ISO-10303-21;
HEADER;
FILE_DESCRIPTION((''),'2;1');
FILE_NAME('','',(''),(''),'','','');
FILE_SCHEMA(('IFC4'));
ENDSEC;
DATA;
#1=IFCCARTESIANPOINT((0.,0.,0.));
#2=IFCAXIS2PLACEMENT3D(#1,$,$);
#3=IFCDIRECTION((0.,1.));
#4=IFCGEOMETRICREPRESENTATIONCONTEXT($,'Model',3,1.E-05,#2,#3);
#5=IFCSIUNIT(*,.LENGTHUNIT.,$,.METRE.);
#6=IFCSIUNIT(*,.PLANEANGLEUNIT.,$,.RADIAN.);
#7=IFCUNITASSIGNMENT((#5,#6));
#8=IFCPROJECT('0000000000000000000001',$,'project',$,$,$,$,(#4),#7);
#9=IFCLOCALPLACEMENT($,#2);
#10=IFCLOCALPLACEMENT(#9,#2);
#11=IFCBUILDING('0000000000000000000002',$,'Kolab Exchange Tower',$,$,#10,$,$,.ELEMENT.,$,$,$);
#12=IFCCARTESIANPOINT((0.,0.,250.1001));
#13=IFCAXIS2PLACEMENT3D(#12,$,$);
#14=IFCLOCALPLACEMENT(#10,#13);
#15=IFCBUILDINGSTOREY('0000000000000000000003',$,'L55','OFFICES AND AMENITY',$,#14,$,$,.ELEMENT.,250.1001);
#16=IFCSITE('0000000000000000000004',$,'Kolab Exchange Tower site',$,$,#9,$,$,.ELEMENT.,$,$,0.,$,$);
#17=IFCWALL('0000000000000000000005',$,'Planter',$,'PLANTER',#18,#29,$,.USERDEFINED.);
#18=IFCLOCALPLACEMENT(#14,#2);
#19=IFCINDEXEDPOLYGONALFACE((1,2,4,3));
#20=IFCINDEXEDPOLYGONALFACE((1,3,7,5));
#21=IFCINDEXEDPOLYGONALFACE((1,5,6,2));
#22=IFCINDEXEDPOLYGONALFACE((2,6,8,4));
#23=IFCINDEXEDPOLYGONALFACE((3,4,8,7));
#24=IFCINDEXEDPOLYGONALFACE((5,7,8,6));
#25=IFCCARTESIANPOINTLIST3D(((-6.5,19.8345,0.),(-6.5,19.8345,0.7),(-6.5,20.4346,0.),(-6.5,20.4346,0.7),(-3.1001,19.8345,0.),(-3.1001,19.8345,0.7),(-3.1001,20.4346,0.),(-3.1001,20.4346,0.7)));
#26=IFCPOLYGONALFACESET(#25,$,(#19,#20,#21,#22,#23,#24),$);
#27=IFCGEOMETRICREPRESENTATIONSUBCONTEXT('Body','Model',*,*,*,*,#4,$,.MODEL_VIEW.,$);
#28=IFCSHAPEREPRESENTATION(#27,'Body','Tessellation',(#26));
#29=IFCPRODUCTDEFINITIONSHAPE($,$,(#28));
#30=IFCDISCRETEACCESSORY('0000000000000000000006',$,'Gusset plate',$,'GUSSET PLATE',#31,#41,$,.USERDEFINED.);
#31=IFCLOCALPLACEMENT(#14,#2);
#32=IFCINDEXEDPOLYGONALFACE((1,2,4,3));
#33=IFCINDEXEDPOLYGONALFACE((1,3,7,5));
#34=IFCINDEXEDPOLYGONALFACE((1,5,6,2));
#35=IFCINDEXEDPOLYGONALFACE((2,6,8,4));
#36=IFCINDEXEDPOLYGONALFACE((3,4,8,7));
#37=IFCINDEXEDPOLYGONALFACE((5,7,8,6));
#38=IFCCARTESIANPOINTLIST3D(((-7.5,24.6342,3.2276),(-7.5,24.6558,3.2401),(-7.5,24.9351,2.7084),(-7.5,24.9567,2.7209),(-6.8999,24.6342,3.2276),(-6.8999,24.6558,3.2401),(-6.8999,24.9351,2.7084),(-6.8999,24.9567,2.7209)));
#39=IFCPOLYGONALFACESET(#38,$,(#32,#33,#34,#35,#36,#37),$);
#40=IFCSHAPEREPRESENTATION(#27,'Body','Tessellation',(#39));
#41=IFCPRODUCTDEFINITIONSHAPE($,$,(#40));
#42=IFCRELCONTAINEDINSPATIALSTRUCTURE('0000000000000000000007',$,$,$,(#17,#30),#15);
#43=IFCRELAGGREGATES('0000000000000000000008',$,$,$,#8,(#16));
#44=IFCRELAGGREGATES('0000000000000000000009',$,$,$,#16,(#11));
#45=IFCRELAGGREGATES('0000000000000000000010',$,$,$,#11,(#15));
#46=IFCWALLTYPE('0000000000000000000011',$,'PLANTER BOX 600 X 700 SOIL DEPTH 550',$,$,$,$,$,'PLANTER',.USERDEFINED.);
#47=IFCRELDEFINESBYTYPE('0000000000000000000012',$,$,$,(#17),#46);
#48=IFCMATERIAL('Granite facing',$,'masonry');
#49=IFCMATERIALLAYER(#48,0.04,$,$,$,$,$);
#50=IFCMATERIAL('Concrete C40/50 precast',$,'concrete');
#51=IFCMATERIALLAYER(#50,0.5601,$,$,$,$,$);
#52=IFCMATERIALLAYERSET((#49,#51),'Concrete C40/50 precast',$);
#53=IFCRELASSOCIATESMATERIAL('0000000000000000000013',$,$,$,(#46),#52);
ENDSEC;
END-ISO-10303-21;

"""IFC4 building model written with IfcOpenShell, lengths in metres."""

from ifc_helpers import new_model, si_unit, direction, frame, frame_2d, origin, origin_2d, place, context, subcontext, project, spatial, rectangle, extrude, material, layer, layer_set, type_object, element, save


model = new_model("IFC4")

# Units and contexts
model_context = context("Model", 3, precision=1e-05, world=origin(), true_north=direction((0.0, 1.0)))
body_context = subcontext(model_context, "Body", "Model", "MODEL_VIEW")
ifc_project = project(units=[si_unit("LENGTHUNIT", "METRE"), si_unit("PLANEANGLEUNIT", "RADIAN")], contexts=[model_context])

# Site, building, storey
site_placement = place(None, origin())
site = spatial("IfcSite", under=ifc_project, at=site_placement, Name="Kolab Exchange Tower site", CompositionType="ELEMENT", RefElevation=0.0)
building_placement = place(site_placement, origin())
building = spatial("IfcBuilding", under=site, at=building_placement, Name="Kolab Exchange Tower", CompositionType="ELEMENT")
storey_placement = place(building_placement, frame((0.0, 0.0, 250.1001)))
storey = spatial("IfcBuildingStorey", under=building, at=storey_placement, Name="L55", Description="OFFICES AND AMENITY", CompositionType="ELEMENT", Elevation=250.1001)

# Wall
ifc_material_1 = material(Name="Granite facing", Category="masonry")
ifc_layer_1 = layer(ifc_material_1, 0.04)
ifc_material_2 = material(Name="Concrete C40/50 precast", Category="concrete")
ifc_layer_2 = layer(ifc_material_2, 0.5601)
ifc_layer_set_1 = layer_set([ifc_layer_1, ifc_layer_2], Name="Concrete C40/50 precast")
wall_type_1 = type_object("IfcWallType", Name="PLANTER BOX 600 X 700 SOIL DEPTH 550", ElementType="PLANTER", PredefinedType="USERDEFINED", material=ifc_layer_set_1)
wall_1_placement = place(storey_placement, frame((-6.5, 20.1345, 0.0), z_axis=(0.0, 0.0, 1.0), x_axis=(1.0, 0.0, 0.0)))
element("IfcWall", 1, at=wall_1_placement, inside=storey, type_object=wall_type_1, Name="Planter", ObjectType="PLANTER", PredefinedType="USERDEFINED", context=body_context, shape_type="SweptSolid", body=[
    extrude(rectangle(XDim=3.3999, YDim=0.6001, at=frame_2d((1.7, 0.0))), origin(), (0.0, 0.0, 1.0), 0.7),
])

# Discrete accessory
discrete_accessory_placement = place(storey_placement, frame((-7.2, 24.7847, 2.968), z_axis=(0.0, 0.865202, 0.501424), x_axis=(-1.0, 0.0, 0.0)))
element("IfcDiscreteAccessory", 2, at=discrete_accessory_placement, inside=storey, Name="Gusset plate", ObjectType="GUSSET PLATE", PredefinedType="USERDEFINED", context=body_context, shape_type="SweptSolid", body=[
    extrude(rectangle(XDim=0.6001, YDim=0.6001, at=origin_2d()), origin(), (0.0, 0.0, 1.0), 0.0249),
])

save(model, "model.ifc")
